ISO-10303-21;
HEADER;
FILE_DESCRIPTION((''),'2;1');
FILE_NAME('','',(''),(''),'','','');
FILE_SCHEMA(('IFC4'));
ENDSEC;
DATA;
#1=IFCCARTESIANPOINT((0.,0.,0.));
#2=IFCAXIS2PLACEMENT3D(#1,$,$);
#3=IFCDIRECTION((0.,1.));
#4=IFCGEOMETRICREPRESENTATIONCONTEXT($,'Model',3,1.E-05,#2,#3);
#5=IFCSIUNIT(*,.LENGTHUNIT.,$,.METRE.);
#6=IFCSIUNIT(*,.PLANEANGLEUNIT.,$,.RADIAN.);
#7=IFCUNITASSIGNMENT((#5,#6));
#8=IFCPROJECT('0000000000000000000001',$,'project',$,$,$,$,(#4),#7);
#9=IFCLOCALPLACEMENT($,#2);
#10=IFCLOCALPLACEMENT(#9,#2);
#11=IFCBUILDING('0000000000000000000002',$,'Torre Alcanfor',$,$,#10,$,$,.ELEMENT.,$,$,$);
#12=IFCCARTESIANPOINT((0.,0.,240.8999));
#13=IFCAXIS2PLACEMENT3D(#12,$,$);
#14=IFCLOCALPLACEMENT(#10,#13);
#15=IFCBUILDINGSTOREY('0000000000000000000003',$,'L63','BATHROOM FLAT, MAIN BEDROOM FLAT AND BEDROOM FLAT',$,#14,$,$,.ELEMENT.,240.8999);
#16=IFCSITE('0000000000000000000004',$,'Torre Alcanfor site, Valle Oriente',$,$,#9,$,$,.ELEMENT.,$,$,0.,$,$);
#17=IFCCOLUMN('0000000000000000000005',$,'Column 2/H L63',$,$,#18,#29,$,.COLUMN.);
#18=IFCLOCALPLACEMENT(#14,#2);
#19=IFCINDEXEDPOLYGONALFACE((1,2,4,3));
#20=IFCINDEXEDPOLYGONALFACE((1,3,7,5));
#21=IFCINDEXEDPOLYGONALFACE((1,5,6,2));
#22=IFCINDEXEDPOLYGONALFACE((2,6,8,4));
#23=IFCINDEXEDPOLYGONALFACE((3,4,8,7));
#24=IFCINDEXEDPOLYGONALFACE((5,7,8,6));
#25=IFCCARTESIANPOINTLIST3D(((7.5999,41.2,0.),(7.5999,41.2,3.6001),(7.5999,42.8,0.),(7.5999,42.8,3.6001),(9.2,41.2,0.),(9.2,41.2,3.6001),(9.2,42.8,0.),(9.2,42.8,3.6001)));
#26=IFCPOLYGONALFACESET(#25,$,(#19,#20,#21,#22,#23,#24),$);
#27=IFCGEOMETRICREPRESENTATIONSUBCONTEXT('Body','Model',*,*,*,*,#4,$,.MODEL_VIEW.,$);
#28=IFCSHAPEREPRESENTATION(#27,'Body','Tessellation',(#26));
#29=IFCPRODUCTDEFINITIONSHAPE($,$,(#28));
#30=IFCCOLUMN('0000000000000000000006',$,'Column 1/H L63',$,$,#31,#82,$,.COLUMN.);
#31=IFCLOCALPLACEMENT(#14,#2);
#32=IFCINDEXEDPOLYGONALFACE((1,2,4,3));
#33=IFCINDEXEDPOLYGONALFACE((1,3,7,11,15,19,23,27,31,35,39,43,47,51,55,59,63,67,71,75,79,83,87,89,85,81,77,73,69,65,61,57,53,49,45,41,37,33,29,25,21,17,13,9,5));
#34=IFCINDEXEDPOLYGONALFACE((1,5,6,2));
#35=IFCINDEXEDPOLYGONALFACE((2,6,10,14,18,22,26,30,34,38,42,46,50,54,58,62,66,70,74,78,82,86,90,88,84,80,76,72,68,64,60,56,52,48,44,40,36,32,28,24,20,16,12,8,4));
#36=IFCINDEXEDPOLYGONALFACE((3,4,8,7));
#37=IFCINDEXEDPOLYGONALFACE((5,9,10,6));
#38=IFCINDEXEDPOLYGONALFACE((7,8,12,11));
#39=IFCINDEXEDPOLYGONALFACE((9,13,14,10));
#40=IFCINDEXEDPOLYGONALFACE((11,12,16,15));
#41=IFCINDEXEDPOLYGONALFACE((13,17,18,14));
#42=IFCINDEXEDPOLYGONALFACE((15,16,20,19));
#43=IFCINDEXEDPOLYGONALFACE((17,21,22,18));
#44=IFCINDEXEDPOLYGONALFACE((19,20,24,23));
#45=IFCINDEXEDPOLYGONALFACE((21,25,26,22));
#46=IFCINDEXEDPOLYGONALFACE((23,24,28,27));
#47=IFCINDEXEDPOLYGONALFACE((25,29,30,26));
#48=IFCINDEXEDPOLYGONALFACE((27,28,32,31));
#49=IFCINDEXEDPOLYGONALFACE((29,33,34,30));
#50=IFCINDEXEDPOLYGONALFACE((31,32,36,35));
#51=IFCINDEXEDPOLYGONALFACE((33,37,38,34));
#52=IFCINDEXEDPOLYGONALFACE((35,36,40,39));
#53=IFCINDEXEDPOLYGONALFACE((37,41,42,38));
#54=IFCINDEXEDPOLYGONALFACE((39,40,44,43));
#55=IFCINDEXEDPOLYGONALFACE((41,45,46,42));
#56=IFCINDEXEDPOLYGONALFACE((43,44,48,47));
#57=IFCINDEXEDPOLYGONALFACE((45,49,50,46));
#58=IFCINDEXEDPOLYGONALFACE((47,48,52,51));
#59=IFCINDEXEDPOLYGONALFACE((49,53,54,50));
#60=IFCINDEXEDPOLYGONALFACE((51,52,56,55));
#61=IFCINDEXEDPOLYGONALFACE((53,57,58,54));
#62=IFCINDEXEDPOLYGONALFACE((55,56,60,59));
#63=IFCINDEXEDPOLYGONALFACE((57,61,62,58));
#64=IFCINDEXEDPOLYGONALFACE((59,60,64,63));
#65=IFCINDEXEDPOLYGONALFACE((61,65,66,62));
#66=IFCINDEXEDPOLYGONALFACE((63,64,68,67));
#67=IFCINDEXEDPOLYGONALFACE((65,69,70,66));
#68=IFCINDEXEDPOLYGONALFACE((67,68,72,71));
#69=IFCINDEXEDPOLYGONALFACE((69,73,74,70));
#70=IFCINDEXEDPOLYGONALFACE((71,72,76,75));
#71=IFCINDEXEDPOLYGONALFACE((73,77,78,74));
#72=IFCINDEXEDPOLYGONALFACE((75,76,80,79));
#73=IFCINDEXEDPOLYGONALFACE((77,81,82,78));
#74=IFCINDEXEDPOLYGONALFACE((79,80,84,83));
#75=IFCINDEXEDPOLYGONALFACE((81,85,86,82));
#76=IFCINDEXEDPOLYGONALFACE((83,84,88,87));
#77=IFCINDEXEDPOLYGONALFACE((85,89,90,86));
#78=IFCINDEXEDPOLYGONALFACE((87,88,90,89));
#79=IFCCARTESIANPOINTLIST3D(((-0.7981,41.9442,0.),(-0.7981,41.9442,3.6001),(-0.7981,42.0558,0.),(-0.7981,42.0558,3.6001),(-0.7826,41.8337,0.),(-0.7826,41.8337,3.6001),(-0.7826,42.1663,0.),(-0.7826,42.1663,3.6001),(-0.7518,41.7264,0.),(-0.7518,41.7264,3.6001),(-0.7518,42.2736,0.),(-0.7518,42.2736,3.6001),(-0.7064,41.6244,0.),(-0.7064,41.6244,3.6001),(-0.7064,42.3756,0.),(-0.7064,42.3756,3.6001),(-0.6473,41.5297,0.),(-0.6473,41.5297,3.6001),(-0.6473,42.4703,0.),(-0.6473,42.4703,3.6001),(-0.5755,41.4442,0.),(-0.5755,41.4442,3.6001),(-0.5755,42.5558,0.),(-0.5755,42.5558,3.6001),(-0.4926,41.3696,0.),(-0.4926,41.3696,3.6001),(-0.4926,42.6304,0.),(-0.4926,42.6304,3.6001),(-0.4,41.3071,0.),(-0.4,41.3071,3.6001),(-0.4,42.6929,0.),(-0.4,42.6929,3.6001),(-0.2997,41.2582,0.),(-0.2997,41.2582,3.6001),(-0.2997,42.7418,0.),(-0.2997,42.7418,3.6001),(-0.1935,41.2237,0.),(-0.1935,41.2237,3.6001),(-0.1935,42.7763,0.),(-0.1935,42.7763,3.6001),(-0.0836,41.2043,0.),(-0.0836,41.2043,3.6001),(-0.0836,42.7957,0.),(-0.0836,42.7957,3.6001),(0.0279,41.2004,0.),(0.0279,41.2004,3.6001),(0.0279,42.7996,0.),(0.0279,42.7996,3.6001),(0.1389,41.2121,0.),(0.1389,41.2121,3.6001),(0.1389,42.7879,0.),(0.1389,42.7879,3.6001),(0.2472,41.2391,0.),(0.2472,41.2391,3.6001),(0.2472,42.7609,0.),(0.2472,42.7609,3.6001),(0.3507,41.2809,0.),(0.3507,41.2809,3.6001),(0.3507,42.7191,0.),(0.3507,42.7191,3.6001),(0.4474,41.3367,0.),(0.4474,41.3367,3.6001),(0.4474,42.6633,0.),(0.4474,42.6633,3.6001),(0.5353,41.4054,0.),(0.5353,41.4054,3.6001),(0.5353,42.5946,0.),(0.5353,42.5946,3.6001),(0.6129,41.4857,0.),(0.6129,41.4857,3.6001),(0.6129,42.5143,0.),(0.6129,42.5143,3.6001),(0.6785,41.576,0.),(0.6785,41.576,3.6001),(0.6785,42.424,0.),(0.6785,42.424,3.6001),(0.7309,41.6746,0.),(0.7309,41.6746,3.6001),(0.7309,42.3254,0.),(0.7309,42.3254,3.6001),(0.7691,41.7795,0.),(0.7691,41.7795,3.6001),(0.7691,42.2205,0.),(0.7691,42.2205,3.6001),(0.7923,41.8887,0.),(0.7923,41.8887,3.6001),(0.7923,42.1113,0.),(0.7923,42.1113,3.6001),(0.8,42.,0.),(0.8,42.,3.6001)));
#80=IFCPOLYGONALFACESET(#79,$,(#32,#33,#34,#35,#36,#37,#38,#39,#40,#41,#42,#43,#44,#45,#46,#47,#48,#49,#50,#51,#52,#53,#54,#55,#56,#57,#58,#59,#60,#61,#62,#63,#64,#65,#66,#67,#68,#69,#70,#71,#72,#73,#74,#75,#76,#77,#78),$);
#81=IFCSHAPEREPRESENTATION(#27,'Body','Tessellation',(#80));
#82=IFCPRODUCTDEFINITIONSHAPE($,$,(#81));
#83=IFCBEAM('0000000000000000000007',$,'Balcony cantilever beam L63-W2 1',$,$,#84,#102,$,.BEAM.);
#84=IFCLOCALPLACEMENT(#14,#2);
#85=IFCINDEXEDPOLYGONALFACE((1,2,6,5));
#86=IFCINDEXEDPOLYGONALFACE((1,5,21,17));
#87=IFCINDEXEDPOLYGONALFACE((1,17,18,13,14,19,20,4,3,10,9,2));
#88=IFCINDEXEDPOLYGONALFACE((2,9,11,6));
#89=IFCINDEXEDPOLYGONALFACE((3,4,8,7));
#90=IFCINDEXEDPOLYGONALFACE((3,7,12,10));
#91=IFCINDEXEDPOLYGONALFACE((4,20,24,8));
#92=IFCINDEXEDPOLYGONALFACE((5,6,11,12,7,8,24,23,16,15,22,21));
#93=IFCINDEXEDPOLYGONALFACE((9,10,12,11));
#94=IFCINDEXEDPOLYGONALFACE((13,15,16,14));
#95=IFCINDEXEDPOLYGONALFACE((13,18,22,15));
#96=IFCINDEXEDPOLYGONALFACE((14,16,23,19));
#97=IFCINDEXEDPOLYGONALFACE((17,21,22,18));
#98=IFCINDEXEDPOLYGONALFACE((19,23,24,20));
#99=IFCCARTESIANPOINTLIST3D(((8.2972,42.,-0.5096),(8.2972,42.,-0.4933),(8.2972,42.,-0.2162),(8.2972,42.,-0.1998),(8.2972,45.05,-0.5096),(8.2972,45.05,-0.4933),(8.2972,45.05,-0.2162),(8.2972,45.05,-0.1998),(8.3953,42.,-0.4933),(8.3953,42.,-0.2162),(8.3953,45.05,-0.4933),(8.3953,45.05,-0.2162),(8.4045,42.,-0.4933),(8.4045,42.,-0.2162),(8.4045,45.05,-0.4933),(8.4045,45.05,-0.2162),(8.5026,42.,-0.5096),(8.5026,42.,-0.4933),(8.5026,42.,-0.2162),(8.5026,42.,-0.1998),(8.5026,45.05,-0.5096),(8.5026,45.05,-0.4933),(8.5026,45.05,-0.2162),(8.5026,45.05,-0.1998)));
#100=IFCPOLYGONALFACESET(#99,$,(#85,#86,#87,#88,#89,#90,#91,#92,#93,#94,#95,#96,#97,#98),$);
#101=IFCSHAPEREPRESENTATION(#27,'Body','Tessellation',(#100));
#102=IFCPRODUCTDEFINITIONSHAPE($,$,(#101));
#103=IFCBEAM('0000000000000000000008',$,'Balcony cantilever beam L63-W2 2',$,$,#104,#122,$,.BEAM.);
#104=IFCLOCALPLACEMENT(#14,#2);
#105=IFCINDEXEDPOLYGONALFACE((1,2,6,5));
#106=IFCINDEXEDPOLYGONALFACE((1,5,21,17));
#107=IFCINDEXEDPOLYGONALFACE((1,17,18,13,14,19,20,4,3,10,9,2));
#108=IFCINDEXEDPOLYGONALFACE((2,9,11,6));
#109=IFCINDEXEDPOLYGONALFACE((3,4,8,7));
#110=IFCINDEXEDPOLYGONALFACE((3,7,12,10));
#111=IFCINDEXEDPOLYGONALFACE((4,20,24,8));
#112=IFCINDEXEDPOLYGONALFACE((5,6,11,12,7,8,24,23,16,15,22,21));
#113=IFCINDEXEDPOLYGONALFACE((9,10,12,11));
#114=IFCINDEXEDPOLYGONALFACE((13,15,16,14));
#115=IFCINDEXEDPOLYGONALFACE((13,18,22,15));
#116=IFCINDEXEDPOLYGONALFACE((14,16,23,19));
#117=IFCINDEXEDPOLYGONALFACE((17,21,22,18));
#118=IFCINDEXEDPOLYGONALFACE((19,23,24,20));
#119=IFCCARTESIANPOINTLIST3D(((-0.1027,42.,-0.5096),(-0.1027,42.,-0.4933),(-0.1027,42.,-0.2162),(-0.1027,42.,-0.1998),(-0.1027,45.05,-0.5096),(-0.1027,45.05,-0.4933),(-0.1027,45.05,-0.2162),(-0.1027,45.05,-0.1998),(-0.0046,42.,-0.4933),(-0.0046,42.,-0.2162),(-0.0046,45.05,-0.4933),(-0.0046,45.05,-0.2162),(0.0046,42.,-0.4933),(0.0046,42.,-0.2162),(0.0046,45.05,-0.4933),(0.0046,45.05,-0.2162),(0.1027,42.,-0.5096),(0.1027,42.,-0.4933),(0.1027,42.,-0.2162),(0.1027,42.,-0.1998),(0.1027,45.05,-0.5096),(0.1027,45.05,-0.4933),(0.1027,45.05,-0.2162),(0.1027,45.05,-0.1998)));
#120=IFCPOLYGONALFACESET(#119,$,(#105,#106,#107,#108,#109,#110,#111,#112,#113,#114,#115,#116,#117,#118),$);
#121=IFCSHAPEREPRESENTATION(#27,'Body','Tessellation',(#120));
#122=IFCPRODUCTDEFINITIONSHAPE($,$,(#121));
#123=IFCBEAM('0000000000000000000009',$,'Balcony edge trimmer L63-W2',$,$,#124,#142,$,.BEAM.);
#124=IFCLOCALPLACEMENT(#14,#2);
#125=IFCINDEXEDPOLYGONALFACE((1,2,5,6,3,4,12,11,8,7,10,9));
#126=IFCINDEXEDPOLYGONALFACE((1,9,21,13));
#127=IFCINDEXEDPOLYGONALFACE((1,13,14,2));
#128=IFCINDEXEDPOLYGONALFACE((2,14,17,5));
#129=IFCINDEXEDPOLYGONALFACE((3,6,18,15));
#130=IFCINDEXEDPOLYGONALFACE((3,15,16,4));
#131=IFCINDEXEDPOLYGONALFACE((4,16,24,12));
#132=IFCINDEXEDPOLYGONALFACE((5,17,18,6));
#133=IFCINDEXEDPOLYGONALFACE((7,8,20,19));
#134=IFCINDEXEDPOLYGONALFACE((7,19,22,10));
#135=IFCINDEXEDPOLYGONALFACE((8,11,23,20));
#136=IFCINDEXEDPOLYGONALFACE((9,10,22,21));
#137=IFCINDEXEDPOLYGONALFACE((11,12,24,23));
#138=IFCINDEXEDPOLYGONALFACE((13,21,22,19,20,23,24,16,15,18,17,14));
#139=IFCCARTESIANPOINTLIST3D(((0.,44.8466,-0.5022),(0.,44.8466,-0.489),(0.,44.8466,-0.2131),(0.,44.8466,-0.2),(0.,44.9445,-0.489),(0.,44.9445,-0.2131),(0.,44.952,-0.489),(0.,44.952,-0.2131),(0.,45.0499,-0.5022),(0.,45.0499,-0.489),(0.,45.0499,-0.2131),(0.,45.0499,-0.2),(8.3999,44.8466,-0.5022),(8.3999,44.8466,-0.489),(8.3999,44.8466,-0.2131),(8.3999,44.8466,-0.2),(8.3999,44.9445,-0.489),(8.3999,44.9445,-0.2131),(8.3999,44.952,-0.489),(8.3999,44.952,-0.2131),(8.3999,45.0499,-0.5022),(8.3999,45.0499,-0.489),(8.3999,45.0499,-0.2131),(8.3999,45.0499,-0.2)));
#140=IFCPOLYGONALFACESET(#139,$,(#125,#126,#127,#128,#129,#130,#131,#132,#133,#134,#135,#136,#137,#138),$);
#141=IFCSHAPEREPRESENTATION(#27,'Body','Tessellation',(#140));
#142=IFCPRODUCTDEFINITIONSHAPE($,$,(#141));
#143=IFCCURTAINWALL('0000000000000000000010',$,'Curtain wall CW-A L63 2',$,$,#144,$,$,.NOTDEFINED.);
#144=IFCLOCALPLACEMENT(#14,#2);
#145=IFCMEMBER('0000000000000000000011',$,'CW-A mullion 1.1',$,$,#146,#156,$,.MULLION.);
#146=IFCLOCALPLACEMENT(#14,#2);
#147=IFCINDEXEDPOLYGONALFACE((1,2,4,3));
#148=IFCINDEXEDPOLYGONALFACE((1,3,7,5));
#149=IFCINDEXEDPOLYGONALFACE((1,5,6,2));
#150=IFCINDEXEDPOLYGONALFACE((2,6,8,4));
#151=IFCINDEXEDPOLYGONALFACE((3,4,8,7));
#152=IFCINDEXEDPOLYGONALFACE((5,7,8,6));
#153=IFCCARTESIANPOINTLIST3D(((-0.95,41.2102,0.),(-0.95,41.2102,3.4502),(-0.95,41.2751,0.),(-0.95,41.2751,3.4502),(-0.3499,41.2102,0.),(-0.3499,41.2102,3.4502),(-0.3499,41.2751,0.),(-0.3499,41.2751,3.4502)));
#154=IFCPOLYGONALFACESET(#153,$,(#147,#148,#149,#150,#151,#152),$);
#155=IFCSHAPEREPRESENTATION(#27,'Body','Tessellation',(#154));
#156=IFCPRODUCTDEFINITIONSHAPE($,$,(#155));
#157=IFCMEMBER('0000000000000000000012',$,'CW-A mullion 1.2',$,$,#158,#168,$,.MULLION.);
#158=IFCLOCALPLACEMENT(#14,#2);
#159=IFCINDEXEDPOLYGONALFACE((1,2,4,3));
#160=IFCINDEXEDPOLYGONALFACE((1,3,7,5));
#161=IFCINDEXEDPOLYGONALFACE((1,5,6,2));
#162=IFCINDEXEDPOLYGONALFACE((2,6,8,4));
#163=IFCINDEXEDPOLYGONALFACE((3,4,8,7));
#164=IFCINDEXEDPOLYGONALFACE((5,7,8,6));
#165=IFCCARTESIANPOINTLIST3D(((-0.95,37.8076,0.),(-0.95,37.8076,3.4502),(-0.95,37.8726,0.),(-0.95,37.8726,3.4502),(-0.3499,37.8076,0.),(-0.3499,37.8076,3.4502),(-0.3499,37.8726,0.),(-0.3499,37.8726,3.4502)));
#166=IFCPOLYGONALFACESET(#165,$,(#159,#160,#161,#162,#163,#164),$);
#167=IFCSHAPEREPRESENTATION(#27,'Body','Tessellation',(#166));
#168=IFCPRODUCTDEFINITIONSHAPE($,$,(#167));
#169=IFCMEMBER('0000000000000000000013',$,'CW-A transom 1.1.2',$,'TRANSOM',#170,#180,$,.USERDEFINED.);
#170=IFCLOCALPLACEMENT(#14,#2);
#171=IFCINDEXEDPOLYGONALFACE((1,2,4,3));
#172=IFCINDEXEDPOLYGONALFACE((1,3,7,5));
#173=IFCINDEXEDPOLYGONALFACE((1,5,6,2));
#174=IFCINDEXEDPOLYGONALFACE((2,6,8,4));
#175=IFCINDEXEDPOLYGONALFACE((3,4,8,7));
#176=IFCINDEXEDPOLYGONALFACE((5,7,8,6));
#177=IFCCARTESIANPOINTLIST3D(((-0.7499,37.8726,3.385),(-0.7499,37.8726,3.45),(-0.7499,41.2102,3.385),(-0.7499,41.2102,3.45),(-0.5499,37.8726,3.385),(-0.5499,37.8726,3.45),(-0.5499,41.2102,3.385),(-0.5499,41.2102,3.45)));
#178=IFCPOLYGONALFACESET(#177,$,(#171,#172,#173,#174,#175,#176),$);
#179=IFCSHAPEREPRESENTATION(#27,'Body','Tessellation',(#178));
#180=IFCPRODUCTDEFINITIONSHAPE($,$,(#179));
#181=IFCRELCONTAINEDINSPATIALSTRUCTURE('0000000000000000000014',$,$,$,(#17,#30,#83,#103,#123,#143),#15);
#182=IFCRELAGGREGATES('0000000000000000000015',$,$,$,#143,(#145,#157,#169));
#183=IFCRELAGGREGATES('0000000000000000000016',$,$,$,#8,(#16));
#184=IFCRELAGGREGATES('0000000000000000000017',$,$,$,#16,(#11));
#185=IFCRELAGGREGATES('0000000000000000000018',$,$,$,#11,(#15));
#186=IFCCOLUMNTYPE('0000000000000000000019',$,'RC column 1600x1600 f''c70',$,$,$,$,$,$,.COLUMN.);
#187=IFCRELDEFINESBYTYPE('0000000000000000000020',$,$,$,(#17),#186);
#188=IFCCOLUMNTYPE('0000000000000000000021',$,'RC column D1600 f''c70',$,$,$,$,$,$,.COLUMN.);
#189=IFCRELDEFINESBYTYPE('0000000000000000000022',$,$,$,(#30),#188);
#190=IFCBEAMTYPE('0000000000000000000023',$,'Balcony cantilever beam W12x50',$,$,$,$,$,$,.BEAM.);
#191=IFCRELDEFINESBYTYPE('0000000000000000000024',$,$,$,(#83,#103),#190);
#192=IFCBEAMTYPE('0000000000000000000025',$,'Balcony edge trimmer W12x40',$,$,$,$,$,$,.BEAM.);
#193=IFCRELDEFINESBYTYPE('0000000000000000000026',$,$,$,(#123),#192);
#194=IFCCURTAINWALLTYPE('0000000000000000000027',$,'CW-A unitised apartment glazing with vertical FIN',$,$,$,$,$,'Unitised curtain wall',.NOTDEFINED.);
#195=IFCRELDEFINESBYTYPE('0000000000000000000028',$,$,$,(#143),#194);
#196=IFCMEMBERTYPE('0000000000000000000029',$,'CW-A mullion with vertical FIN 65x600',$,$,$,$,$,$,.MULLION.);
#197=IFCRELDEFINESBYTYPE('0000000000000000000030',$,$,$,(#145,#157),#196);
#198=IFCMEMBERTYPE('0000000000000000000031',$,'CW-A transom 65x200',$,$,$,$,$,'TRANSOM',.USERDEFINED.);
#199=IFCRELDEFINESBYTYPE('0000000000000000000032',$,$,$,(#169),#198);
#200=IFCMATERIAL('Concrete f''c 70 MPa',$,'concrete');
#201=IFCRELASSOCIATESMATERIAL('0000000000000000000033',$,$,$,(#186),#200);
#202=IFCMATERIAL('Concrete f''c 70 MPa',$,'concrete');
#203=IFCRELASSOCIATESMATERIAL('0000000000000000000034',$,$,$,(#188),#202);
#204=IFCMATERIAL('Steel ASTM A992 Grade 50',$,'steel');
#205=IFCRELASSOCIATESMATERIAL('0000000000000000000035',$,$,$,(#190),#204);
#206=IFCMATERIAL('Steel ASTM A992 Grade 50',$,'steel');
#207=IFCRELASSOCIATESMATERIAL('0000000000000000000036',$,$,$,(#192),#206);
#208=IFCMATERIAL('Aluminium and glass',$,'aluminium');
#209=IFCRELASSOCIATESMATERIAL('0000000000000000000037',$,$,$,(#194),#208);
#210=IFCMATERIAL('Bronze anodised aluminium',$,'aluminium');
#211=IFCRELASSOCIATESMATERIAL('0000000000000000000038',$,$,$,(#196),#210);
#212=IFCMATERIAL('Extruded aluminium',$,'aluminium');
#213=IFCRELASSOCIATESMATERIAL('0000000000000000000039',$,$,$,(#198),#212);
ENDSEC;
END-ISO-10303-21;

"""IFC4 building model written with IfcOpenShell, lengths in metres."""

from ifc_helpers import new_model, si_unit, direction, frame, origin, origin_2d, place, context, subcontext, project, spatial, rectangle, circle, i_section, extrude, material, material_profile, profile_set, type_object, element, aggregate, save


model = new_model("IFC4")

# Units and contexts
model_context = context("Model", 3, precision=1e-05, world=origin(), true_north=direction((0.0, 1.0)))
body_context = subcontext(model_context, "Body", "Model", "MODEL_VIEW")
ifc_project = project(units=[si_unit("LENGTHUNIT", "METRE"), si_unit("PLANEANGLEUNIT", "RADIAN")], contexts=[model_context])

# Site, building, storey
site_placement = place(None, origin())
site = spatial("IfcSite", under=ifc_project, at=site_placement, Name="Torre Alcanfor site, Valle Oriente", CompositionType="ELEMENT", RefElevation=0.0)
building_placement = place(site_placement, origin())
building = spatial("IfcBuilding", under=site, at=building_placement, Name="Torre Alcanfor", CompositionType="ELEMENT")
storey_placement = place(building_placement, frame((0.0, 0.0, 240.8999)))
storey = spatial("IfcBuildingStorey", under=building, at=storey_placement, Name="L63", Description="BATHROOM FLAT, MAIN BEDROOM FLAT AND BEDROOM FLAT", CompositionType="ELEMENT", Elevation=240.8999)

# Columns
ifc_material_1 = material(Name="Concrete f'c 70 MPa", Category="concrete")
ifc_material_profile_1 = material_profile(ifc_material_1, rectangle(XDim=1.6001, YDim=1.6001, at=origin_2d()), Name="1600x1600")
ifc_profile_set_1 = profile_set([ifc_material_profile_1], Name="Concrete f'c 70 MPa")
column_type_1 = type_object("IfcColumnType", Name="RC column 1600x1600 f'c70", PredefinedType="COLUMN", material=ifc_profile_set_1)
column_1_placement = place(storey_placement, frame((8.3999, 42.0, 0.0), z_axis=(0.0, 0.0, 1.0), x_axis=(1.0, 0.0, 0.0)))
element("IfcColumn", 1, at=column_1_placement, inside=storey, type_object=column_type_1, Name="Column 2/H L63", PredefinedType="COLUMN", context=body_context, shape_type="SweptSolid", body=[
    extrude(rectangle(XDim=1.6001, YDim=1.6001, at=origin_2d()), origin(), (0.0, 0.0, 1.0), 3.6001),
])
ifc_material_2 = material(Name="Concrete f'c 70 MPa", Category="concrete")
ifc_material_profile_2 = material_profile(ifc_material_2, circle(Radius=0.8, at=origin_2d()), Name="D1600")
ifc_profile_set_2 = profile_set([ifc_material_profile_2], Name="Concrete f'c 70 MPa")
column_type_2 = type_object("IfcColumnType", Name="RC column D1600 f'c70", PredefinedType="COLUMN", material=ifc_profile_set_2)
column_2_placement = place(storey_placement, frame((0.0, 42.0, 0.0), z_axis=(0.0, 0.0, 1.0), x_axis=(1.0, 0.0, 0.0)))
element("IfcColumn", 2, at=column_2_placement, inside=storey, type_object=column_type_2, Name="Column 1/H L63", PredefinedType="COLUMN", context=body_context, shape_type="SweptSolid", body=[
    extrude(circle(Radius=0.8, at=origin_2d()), origin(), (0.0, 0.0, 1.0), 3.6001),
])

# Beams
ifc_material_3 = material(Name="Steel ASTM A992 Grade 50", Category="steel")
ifc_material_profile_3 = material_profile(ifc_material_3, i_section(OverallWidth=0.2053, OverallDepth=0.3098, WebThickness=0.0093, FlangeThickness=0.0164, at=origin_2d()), Name="W12x50")
ifc_profile_set_3 = profile_set([ifc_material_profile_3], Name="Steel ASTM A992 Grade 50")
beam_type_1 = type_object("IfcBeamType", Name="Balcony cantilever beam W12x50", PredefinedType="BEAM", material=ifc_profile_set_3)
for number, where, z_axis, x_axis, name in (
    (3, (8.3999, 42.0, -0.3547), (0.0, 1.0, 0.0), (-1.0, 0.0, 0.0), "Balcony cantilever beam L63-W2 1"),
    (4, (0.0, 42.0, -0.3547), (0.0, 1.0, 0.0), (-1.0, 0.0, 0.0), "Balcony cantilever beam L63-W2 2"),
):
    element("IfcBeam", number, at=place(storey_placement, frame(where, z_axis=z_axis, x_axis=x_axis)), inside=storey, type_object=beam_type_1, Name=name, PredefinedType="BEAM", context=body_context, shape_type="SweptSolid", body=[
        extrude(i_section(OverallWidth=0.2053, OverallDepth=0.3098, WebThickness=0.0093, FlangeThickness=0.0164, at=origin_2d()), origin(), (0.0, 0.0, 1.0), 3.05),
    ])
ifc_material_4 = material(Name="Steel ASTM A992 Grade 50", Category="steel")
ifc_material_profile_4 = material_profile(ifc_material_4, i_section(OverallWidth=0.2034, OverallDepth=0.3022, WebThickness=0.0076, FlangeThickness=0.0132, at=origin_2d()), Name="W12x40")
ifc_profile_set_4 = profile_set([ifc_material_profile_4], Name="Steel ASTM A992 Grade 50")
beam_type_2 = type_object("IfcBeamType", Name="Balcony edge trimmer W12x40", PredefinedType="BEAM", material=ifc_profile_set_4)
beam_1_placement = place(storey_placement, frame((8.3999, 44.9482, -0.3511), z_axis=(-1.0, 0.0, 0.0), x_axis=(0.0, -1.0, 0.0)))
element("IfcBeam", 5, at=beam_1_placement, inside=storey, type_object=beam_type_2, Name="Balcony edge trimmer L63-W2", PredefinedType="BEAM", context=body_context, shape_type="SweptSolid", body=[
    extrude(i_section(OverallWidth=0.2034, OverallDepth=0.3022, WebThickness=0.0076, FlangeThickness=0.0132, at=origin_2d()), origin(), (0.0, 0.0, 1.0), 8.3999),
])

# Curtain wall, members
ifc_material_5 = material(Name="Aluminium and glass", Category="aluminium")
curtain_wall_type = type_object("IfcCurtainWallType", Name="CW-A unitised apartment glazing with vertical FIN", ElementType="Unitised curtain wall", PredefinedType="NOTDEFINED", material=ifc_material_5)
curtain_wall_placement = place(storey_placement, origin())
curtain_wall = element("IfcCurtainWall", 6, at=curtain_wall_placement, inside=storey, type_object=curtain_wall_type, Name="Curtain wall CW-A L63 2", PredefinedType="NOTDEFINED")
ifc_material_6 = material(Name="Bronze anodised aluminium", Category="aluminium")
ifc_material_profile_5 = material_profile(ifc_material_6, rectangle(XDim=0.6001, YDim=0.0649, at=origin_2d()), Name="CW-A mullion 65x600")
ifc_profile_set_5 = profile_set([ifc_material_profile_5], Name="Bronze anodised aluminium")
member_type_1 = type_object("IfcMemberType", Name="CW-A mullion with vertical FIN 65x600", PredefinedType="MULLION", material=ifc_profile_set_5)
member_1_placement = place(storey_placement, frame((-0.6499, 41.2427, 0.0), z_axis=(0.0, 0.0, 1.0), x_axis=(1.0, 0.0, 0.0)))
member_1 = element("IfcMember", 7, at=member_1_placement, type_object=member_type_1, Name="CW-A mullion 1.1", PredefinedType="MULLION", context=body_context, shape_type="SweptSolid", body=[
    extrude(rectangle(XDim=0.6001, YDim=0.0649, at=origin_2d()), origin(), (0.0, 0.0, 1.0), 3.4502),
])
member_2_placement = place(storey_placement, frame((-0.6499, 37.8401, 0.0), z_axis=(0.0, 0.0, 1.0), x_axis=(1.0, 0.0, 0.0)))
member_2 = element("IfcMember", 8, at=member_2_placement, type_object=member_type_1, Name="CW-A mullion 1.2", PredefinedType="MULLION", context=body_context, shape_type="SweptSolid", body=[
    extrude(rectangle(XDim=0.6001, YDim=0.0649, at=origin_2d()), origin(), (0.0, 0.0, 1.0), 3.4502),
])
ifc_material_7 = material(Name="Extruded aluminium", Category="aluminium")
ifc_material_profile_6 = material_profile(ifc_material_7, rectangle(XDim=0.2, YDim=0.0649, at=origin_2d()), Name="CW-A transom 200x65")
ifc_profile_set_6 = profile_set([ifc_material_profile_6], Name="Extruded aluminium")
member_type_2 = type_object("IfcMemberType", Name="CW-A transom 65x200", ElementType="TRANSOM", PredefinedType="USERDEFINED", material=ifc_profile_set_6)
member_3_placement = place(storey_placement, frame((-0.6499, 41.2102, 3.4175), z_axis=(0.0, -1.0, 0.0), x_axis=(1.0, 0.0, 0.0)))
member_3 = element("IfcMember", 9, at=member_3_placement, type_object=member_type_2, Name="CW-A transom 1.1.2", ObjectType="TRANSOM", PredefinedType="USERDEFINED", context=body_context, shape_type="SweptSolid", body=[
    extrude(rectangle(XDim=0.2, YDim=0.0649, at=origin_2d()), origin(), (0.0, 0.0, 1.0), 3.3376),
])

aggregate(curtain_wall, [member_1, member_2, member_3])

save(model, "model.ifc")
